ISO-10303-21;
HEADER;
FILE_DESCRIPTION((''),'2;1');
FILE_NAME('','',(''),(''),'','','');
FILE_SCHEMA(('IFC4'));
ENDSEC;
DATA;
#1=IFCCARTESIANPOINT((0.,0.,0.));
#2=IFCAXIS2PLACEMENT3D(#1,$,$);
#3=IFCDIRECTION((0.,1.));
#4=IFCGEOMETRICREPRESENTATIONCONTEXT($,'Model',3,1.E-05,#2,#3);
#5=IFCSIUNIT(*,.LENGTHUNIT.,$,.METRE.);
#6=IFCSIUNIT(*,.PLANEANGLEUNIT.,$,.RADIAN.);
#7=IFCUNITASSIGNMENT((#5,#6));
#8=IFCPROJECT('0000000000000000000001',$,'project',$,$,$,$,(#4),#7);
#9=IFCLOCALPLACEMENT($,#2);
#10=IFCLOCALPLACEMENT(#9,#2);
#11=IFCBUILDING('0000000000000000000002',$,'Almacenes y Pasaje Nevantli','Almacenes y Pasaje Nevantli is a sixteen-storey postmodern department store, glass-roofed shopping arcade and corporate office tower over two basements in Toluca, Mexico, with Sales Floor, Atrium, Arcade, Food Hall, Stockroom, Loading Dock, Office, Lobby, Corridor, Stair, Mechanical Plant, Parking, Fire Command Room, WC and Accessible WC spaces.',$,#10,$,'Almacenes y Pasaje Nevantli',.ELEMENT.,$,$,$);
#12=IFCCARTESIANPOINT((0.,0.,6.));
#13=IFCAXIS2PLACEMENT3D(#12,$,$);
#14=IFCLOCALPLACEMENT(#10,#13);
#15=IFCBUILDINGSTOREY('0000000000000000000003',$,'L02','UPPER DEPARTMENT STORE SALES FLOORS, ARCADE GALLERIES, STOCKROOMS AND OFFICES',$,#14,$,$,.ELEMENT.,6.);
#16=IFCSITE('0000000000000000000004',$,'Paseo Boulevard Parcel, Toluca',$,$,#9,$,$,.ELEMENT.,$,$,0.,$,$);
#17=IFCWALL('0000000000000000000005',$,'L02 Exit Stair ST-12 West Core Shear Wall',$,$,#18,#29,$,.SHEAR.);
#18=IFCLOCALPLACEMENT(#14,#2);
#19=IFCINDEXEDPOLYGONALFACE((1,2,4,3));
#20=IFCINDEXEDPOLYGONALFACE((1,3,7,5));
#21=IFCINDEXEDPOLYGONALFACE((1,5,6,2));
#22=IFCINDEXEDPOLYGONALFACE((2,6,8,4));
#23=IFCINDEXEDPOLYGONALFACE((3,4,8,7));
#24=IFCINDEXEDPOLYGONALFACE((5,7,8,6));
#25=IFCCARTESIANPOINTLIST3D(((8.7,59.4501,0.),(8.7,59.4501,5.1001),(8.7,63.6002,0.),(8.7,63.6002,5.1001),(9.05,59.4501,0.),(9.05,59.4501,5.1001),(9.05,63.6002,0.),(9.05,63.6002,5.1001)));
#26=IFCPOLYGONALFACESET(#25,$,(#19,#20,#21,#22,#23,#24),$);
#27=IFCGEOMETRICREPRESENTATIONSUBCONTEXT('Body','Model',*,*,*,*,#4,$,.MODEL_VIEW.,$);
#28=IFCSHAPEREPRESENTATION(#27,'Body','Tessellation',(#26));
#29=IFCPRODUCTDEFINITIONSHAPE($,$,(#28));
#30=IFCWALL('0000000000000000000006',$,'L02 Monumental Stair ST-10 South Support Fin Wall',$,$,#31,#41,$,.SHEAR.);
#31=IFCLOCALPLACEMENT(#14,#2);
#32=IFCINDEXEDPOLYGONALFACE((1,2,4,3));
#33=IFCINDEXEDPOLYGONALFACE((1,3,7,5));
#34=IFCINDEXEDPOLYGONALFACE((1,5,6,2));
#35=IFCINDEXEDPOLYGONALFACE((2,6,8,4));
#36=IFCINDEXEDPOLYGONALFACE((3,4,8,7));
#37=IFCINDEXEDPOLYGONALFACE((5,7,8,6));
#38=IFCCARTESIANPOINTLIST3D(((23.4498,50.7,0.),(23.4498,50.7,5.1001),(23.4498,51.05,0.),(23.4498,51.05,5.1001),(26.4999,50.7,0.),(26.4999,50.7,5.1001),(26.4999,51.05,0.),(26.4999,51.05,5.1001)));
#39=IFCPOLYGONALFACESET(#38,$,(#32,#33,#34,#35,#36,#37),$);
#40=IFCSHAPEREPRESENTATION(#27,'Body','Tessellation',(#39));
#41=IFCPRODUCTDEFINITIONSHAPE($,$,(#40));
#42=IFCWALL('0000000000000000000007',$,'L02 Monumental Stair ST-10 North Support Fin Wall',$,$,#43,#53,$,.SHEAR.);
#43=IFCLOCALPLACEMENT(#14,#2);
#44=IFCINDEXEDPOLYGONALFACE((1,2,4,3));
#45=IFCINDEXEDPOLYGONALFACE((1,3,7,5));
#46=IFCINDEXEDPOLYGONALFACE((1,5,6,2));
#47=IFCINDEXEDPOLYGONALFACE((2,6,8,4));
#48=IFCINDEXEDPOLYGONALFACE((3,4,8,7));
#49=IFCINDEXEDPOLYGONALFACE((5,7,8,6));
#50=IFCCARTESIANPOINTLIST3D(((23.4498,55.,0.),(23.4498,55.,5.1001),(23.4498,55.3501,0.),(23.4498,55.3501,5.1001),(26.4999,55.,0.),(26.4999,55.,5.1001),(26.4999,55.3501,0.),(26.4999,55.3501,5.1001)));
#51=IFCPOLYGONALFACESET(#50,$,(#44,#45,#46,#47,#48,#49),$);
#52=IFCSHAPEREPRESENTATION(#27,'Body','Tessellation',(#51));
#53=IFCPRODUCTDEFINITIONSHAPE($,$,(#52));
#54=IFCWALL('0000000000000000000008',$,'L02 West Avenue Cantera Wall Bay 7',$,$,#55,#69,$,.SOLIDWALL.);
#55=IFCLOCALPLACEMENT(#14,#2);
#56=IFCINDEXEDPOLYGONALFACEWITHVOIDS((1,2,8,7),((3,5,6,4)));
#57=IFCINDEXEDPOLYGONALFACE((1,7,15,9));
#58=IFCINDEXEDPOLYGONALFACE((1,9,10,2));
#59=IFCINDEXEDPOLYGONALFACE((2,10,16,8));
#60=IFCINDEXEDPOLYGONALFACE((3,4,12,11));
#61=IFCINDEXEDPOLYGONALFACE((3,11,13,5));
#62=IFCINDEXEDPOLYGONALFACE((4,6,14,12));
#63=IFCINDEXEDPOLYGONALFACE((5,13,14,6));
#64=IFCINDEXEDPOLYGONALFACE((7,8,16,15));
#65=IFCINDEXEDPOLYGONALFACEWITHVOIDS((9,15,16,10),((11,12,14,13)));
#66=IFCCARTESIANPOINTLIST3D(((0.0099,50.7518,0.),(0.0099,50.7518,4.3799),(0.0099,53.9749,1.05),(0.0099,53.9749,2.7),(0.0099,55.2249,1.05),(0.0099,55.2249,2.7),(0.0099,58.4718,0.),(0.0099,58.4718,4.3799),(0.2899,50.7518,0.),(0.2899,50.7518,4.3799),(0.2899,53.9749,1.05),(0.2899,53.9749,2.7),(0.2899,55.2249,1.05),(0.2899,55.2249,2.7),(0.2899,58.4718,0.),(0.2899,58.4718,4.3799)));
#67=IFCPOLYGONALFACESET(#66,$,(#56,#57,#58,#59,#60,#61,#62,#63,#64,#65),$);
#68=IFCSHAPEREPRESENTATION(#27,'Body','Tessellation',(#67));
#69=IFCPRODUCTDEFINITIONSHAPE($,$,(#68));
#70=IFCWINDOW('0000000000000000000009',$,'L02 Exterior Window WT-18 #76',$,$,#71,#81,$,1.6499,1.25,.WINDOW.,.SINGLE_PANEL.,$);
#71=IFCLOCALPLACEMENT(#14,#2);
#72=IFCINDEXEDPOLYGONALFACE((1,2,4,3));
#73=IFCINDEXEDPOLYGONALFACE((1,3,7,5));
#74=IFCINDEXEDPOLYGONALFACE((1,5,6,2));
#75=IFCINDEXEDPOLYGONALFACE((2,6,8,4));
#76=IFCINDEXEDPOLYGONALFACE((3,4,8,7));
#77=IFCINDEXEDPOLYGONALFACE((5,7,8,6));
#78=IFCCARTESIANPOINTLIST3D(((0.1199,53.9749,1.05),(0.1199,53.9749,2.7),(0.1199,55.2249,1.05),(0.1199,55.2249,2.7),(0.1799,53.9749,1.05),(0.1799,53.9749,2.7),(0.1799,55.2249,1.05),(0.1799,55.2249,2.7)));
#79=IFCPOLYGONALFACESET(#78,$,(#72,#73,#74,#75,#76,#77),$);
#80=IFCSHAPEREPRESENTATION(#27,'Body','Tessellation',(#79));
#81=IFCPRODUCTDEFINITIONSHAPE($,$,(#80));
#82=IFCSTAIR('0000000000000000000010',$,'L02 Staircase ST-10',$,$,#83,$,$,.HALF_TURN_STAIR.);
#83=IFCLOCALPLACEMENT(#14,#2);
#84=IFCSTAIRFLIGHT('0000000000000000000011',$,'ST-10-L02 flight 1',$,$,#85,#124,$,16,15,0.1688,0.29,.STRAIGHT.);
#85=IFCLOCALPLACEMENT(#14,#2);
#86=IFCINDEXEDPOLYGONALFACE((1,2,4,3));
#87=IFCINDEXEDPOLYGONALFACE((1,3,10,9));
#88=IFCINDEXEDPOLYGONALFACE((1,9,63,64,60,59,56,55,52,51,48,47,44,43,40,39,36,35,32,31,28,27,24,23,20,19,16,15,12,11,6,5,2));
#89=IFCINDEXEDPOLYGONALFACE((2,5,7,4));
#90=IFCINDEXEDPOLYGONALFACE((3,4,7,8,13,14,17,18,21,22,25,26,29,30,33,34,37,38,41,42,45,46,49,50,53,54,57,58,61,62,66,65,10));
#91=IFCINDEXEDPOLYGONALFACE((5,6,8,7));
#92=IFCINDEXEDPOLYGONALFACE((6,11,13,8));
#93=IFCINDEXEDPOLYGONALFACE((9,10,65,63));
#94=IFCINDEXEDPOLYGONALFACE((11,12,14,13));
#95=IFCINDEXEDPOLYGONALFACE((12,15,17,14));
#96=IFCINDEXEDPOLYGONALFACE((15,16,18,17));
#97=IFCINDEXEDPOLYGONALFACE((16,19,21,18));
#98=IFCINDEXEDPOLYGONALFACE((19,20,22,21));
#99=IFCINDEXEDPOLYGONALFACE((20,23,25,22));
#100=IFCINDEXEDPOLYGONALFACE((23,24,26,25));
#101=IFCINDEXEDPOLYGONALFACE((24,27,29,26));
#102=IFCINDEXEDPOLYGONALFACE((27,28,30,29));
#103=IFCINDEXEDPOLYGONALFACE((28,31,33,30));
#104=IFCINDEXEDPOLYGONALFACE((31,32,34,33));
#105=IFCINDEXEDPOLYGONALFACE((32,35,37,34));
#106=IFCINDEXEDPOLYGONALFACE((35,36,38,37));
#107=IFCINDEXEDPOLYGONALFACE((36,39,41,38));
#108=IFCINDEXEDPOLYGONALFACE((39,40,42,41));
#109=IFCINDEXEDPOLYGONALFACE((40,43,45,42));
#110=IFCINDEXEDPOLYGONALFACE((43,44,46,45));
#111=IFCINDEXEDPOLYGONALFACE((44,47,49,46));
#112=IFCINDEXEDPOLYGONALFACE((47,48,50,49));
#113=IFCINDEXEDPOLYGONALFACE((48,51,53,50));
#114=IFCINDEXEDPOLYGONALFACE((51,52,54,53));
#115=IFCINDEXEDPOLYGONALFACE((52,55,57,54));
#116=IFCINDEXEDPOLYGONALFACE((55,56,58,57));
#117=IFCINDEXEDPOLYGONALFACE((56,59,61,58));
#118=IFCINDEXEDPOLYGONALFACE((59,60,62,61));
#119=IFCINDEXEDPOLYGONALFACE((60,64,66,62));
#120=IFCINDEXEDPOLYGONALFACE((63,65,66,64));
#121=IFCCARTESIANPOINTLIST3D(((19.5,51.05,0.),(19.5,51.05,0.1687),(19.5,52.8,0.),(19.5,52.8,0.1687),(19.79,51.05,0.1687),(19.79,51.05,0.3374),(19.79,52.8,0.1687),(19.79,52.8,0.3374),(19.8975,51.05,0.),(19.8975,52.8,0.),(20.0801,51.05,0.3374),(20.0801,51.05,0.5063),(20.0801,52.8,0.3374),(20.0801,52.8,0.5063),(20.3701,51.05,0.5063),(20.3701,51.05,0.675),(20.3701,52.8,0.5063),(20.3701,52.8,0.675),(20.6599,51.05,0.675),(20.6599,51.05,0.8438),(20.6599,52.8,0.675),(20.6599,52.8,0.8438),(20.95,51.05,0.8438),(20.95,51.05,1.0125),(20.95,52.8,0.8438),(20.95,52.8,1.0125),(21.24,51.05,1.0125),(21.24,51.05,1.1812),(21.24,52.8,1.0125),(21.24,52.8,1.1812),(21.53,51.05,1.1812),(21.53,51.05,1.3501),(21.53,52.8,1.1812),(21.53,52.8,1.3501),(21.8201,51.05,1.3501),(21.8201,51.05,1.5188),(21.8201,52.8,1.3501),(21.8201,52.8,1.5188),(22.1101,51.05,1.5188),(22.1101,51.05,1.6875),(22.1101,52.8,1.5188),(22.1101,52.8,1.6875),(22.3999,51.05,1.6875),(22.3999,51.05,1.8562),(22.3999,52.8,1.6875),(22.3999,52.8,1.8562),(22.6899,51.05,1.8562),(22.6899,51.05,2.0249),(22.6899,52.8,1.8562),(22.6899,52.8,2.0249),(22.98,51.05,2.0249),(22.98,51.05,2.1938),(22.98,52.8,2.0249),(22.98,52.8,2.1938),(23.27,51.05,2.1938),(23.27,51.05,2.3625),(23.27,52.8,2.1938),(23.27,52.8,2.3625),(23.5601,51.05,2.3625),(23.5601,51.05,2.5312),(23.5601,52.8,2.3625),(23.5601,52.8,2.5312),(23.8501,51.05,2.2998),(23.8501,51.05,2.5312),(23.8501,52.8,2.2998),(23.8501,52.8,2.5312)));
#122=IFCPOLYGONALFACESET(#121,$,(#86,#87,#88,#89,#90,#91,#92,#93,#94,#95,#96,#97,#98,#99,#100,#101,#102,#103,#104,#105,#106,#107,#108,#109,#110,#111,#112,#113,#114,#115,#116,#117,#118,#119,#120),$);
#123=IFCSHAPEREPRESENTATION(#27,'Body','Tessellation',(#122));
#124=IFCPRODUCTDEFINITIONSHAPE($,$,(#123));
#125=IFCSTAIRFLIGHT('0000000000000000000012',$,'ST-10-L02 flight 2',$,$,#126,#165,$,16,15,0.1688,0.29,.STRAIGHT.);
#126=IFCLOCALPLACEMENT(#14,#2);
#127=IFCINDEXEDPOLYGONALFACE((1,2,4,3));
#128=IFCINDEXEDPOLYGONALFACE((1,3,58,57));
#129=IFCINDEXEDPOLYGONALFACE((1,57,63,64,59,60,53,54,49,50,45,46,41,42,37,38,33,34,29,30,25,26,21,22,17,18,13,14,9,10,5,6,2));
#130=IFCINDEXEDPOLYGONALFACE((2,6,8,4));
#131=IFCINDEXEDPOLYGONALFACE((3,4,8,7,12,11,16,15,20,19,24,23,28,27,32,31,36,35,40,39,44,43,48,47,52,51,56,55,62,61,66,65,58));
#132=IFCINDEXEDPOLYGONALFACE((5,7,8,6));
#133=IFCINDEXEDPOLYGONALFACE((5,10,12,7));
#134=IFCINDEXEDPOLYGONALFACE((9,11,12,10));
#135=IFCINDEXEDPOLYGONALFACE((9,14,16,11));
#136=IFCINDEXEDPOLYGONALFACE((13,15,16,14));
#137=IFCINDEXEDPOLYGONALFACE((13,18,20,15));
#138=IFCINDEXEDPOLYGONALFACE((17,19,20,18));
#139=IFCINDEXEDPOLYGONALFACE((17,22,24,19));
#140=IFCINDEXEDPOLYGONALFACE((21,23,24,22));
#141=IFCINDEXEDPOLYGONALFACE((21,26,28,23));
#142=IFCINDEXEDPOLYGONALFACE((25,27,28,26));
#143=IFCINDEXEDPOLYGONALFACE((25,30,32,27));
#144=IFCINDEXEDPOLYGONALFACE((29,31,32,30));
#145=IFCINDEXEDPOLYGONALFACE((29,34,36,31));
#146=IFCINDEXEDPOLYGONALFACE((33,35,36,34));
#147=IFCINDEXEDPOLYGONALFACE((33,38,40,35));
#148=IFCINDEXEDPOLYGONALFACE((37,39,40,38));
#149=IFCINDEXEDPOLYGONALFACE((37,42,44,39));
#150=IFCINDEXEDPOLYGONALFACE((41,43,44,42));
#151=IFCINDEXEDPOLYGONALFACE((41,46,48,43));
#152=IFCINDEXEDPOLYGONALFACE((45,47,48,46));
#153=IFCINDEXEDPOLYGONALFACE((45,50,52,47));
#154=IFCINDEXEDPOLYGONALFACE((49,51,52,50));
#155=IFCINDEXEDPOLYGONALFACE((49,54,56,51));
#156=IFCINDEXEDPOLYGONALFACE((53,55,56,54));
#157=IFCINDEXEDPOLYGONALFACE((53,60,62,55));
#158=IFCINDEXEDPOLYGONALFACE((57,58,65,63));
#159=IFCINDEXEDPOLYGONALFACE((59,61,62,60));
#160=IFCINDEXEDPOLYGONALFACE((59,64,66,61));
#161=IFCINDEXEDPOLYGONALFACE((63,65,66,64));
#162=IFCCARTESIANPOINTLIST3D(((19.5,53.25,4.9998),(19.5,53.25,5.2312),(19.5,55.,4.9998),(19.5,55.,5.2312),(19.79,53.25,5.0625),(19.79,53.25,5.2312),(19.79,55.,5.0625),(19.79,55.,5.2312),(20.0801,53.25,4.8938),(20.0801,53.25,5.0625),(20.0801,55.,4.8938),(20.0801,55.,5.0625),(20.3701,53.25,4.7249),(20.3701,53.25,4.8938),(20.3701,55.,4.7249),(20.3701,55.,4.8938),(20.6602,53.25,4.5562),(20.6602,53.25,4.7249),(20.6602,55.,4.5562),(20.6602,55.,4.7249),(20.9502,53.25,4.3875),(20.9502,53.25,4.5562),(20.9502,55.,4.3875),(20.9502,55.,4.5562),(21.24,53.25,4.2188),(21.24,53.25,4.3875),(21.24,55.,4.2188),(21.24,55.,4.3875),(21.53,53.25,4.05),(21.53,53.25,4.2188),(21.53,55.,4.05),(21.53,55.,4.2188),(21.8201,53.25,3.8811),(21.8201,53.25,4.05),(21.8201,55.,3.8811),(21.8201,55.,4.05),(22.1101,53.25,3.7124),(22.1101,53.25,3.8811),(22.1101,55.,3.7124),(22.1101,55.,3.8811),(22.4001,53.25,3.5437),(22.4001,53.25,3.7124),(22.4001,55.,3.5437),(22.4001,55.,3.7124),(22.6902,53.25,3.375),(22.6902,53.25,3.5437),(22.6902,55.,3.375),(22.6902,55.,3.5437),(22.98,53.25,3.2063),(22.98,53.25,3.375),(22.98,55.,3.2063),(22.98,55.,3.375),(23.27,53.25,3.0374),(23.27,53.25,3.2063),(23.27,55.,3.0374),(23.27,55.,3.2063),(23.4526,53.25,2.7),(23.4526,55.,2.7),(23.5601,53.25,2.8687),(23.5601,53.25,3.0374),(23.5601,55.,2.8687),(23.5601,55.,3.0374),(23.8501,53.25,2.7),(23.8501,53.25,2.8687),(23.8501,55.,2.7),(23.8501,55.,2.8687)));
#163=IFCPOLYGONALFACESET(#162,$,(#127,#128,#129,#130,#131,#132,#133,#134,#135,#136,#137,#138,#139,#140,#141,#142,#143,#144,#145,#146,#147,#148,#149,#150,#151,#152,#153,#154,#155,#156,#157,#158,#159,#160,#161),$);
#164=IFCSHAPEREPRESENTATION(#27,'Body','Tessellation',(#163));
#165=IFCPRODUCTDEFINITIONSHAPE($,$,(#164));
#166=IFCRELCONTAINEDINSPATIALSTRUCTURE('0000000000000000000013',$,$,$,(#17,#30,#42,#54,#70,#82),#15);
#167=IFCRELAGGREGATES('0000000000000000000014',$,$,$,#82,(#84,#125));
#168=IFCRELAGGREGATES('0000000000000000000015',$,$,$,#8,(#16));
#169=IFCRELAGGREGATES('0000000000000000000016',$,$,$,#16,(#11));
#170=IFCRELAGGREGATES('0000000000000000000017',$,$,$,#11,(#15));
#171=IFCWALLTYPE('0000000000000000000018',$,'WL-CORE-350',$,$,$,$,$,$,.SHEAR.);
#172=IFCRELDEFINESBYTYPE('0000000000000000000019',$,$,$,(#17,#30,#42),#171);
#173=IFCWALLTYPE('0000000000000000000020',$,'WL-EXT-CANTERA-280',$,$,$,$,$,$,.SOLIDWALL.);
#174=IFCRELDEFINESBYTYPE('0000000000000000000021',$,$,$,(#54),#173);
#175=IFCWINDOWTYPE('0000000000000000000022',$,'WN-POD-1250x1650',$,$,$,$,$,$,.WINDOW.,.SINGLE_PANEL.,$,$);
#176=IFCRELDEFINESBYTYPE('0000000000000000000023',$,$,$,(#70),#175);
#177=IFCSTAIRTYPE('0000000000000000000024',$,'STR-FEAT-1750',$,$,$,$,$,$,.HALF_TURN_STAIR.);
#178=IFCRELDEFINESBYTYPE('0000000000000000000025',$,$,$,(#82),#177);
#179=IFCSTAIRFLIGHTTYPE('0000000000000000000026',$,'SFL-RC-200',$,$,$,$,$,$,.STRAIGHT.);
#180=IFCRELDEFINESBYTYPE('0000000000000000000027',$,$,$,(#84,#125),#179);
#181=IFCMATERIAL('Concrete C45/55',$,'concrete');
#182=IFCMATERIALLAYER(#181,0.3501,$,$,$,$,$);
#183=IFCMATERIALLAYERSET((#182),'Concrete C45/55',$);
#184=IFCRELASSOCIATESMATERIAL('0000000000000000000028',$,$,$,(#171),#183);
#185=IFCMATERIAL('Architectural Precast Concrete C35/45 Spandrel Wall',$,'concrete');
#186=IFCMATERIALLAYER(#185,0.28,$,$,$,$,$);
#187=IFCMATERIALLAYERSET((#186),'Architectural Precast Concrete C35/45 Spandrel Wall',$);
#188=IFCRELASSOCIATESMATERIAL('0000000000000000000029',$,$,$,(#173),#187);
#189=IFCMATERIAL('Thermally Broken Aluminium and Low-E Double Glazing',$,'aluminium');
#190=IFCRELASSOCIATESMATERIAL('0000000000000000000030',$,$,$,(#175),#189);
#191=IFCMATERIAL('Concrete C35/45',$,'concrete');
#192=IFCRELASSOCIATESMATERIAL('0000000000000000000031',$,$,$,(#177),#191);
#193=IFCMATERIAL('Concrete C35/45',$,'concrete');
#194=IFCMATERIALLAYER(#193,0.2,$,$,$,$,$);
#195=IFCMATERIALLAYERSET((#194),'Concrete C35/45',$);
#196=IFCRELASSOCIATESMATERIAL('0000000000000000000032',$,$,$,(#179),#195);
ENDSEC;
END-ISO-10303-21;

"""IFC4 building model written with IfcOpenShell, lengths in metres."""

from ifc_helpers import new_model, si_unit, direction, frame, frame_2d, origin, place, context, subcontext, project, spatial, polyline, rectangle, outline, extrude, material, layer, layer_set, type_object, element, fill, aggregate, save


model = new_model("IFC4")

# Units and contexts
model_context = context("Model", 3, precision=1e-05, world=origin(), true_north=direction((0.0, 1.0)))
body_context = subcontext(model_context, "Body", "Model", "MODEL_VIEW")
ifc_project = project(units=[si_unit("LENGTHUNIT", "METRE"), si_unit("PLANEANGLEUNIT", "RADIAN")], contexts=[model_context])

# Site, building, storey
site_placement = place(None, origin())
site = spatial("IfcSite", under=ifc_project, at=site_placement, Name="Paseo Boulevard Parcel, Toluca", CompositionType="ELEMENT", RefElevation=0.0)
building_placement = place(site_placement, origin())
building = spatial("IfcBuilding", under=site, at=building_placement, Name="Almacenes y Pasaje Nevantli", Description="Almacenes y Pasaje Nevantli is a sixteen-storey postmodern department store, glass-roofed shopping arcade and corporate office tower over two basements in Toluca, Mexico, with Sales Floor, Atrium, Arcade, Food Hall, Stockroom, Loading Dock, Office, Lobby, Corridor, Stair, Mechanical Plant, Parking, Fire Command Room, WC and Accessible WC spaces.", LongName="Almacenes y Pasaje Nevantli", CompositionType="ELEMENT")
storey_placement = place(building_placement, frame((0.0, 0.0, 6.0)))
storey = spatial("IfcBuildingStorey", under=building, at=storey_placement, Name="L02", Description="UPPER DEPARTMENT STORE SALES FLOORS, ARCADE GALLERIES, STOCKROOMS AND OFFICES", CompositionType="ELEMENT", Elevation=6.0)

# Shared definitions
ifc_material_1 = material(Name="Concrete C45/55", Category="concrete")
ifc_layer_1 = layer(ifc_material_1, 0.3501)
ifc_layer_set_1 = layer_set([ifc_layer_1], Name="Concrete C45/55")
wall_type_1 = type_object("IfcWallType", Name="WL-CORE-350", PredefinedType="SHEAR", material=ifc_layer_set_1)

# Walls
wall_1_placement = place(storey_placement, frame((8.875, 59.45, 0.0), z_axis=(0.0, 0.0, 1.0), x_axis=(0.0, 1.0, 0.0)))
element("IfcWall", 1, at=wall_1_placement, inside=storey, type_object=wall_type_1, Name="L02 Exit Stair ST-12 West Core Shear Wall", PredefinedType="SHEAR", context=body_context, shape_type="SweptSolid", body=[
    extrude(rectangle(XDim=4.1501, YDim=0.3501, at=frame_2d((2.0752, 0.0))), origin(), (0.0, 0.0, 1.0), 5.1001),
])
for number, where, z_axis, x_axis, name in (
    (2, (23.45, 50.875, 0.0), (0.0, 0.0, 1.0), (1.0, 0.0, 0.0), "L02 Monumental Stair ST-10 South Support Fin Wall"),
    (3, (23.45, 55.175, 0.0), (0.0, 0.0, 1.0), (1.0, 0.0, 0.0), "L02 Monumental Stair ST-10 North Support Fin Wall"),
):
    element("IfcWall", number, at=place(storey_placement, frame(where, z_axis=z_axis, x_axis=x_axis)), inside=storey, type_object=wall_type_1, Name=name, PredefinedType="SHEAR", context=body_context, shape_type="SweptSolid", body=[
        extrude(rectangle(XDim=3.05, YDim=0.3501, at=frame_2d((1.5249, 0.0))), origin(), (0.0, 0.0, 1.0), 5.1001),
    ])

# Wall, opening, window
ifc_material_2 = material(Name="Architectural Precast Concrete C35/45 Spandrel Wall", Category="concrete")
ifc_layer_2 = layer(ifc_material_2, 0.28)
ifc_layer_set_2 = layer_set([ifc_layer_2], Name="Architectural Precast Concrete C35/45 Spandrel Wall")
wall_type_2 = type_object("IfcWallType", Name="WL-EXT-CANTERA-280", PredefinedType="SOLIDWALL", material=ifc_layer_set_2)
wall_2_placement = place(storey_placement, frame((0.1499, 50.752, 0.0), z_axis=(0.0, 0.0, 1.0), x_axis=(0.0, 1.0, 0.0)))
wall_2 = element("IfcWall", 4, at=wall_2_placement, inside=storey, type_object=wall_type_2, Name="L02 West Avenue Cantera Wall Bay 7", PredefinedType="SOLIDWALL", context=body_context, shape_type="SweptSolid", body=[
    extrude(rectangle(XDim=7.72, YDim=0.28, at=frame_2d((3.8599, 0.0))), origin(), (0.0, 0.0, 1.0), 4.3799),
])
opening_1_placement = place(wall_2_placement, frame((3.2229, 0.0, 1.05)))
opening_1 = element("IfcOpeningElement", 5, at=opening_1_placement, cuts=wall_2, PredefinedType="OPENING", context=body_context, shape_type="SweptSolid", body=[
    extrude(rectangle(XDim=1.25, YDim=1.6499, at=frame_2d((0.625, 0.825))), frame((0.0, 0.1499, 0.0), z_axis=(0.0, -1.0, 0.0), x_axis=(1.0, 0.0, 0.0)), (0.0, 0.0, 1.0), 0.3),
])
ifc_material_3 = material(Name="Thermally Broken Aluminium and Low-E Double Glazing", Category="aluminium")
window_type = type_object("IfcWindowType", Name="WN-POD-1250x1650", PartitioningType="SINGLE_PANEL", PredefinedType="WINDOW", material=ifc_material_3)
window_placement = place(opening_1_placement, origin())
window = element("IfcWindow", 6, at=window_placement, inside=storey, type_object=window_type, Name="L02 Exterior Window WT-18 #76", OverallHeight=1.6499, OverallWidth=1.25, PartitioningType="SINGLE_PANEL", PredefinedType="WINDOW", context=body_context, shape_type="SweptSolid", body=[
    extrude(rectangle(XDim=1.25, YDim=1.6499, at=frame_2d((0.625, 0.825))), frame((0.0, 0.03, 0.0), z_axis=(0.0, -1.0, 0.0), x_axis=(1.0, 0.0, 0.0)), (0.0, 0.0, 1.0), 0.0601),
])
fill(opening_1, window)

# Stair, stair flights
ifc_material_4 = material(Name="Concrete C35/45", Category="concrete")
stair_type = type_object("IfcStairType", Name="STR-FEAT-1750", PredefinedType="HALF_TURN_STAIR", material=ifc_material_4)
stair_placement = place(storey_placement, origin())
stair = element("IfcStair", 7, at=stair_placement, inside=storey, type_object=stair_type, Name="L02 Staircase ST-10", PredefinedType="HALF_TURN_STAIR")
ifc_material_5 = material(Name="Concrete C35/45", Category="concrete")
ifc_layer_3 = layer(ifc_material_5, 0.2)
ifc_layer_set_3 = layer_set([ifc_layer_3], Name="Concrete C35/45")
stair_flight_type = type_object("IfcStairFlightType", Name="SFL-RC-200", PredefinedType="STRAIGHT", material=ifc_layer_set_3)
stair_flight_1_placement = place(storey_placement, frame((19.5, 51.925, 0.0), z_axis=(0.0, 0.0, 1.0), x_axis=(1.0, 0.0, 0.0)))
stair_flight_1 = element("IfcStairFlight", 8, at=stair_flight_1_placement, type_object=stair_flight_type, Name="ST-10-L02 flight 1", NumberOfRisers=16, NumberOfTreads=15, PredefinedType="STRAIGHT", RiserHeight=0.1688, TreadLength=0.29, context=body_context, shape_type="SweptSolid", body=[
    extrude(outline(polyline([(0.0, 0.0), (0.0, 0.1687), (0.29, 0.1687), (0.29, 0.3374), (0.5801, 0.3374), (0.5801, 0.5063), (0.8701, 0.5063), (0.8701, 0.675), (1.1599, 0.675), (1.1599, 0.8438), (1.45, 0.8438), (1.45, 1.0125), (1.74, 1.0125), (1.74, 1.1812), (2.03, 1.1812), (2.03, 1.3501), (2.3201, 1.3501), (2.3201, 1.5188), (2.6101, 1.5188), (2.6101, 1.6875), (2.8999, 1.6875), (2.8999, 1.8562), (3.1899, 1.8562), (3.1899, 2.0249), (3.48, 2.0249), (3.48, 2.1938), (3.77, 2.1938), (3.77, 2.3625), (4.0601, 2.3625), (4.0601, 2.5312), (4.3501, 2.5312), (4.3501, 2.7), (4.3501, 2.2998), (0.3975, 0.0), (0.0, 0.0)])), frame((0.0, 0.875, 0.0), z_axis=(0.0, -1.0, 0.0), x_axis=(1.0, 0.0, 0.0)), (0.0, 0.0, 1.0), 1.75),
])
stair_flight_2_placement = place(storey_placement, frame((23.8501, 54.125, 2.7), z_axis=(0.0, 0.0, 1.0), x_axis=(-1.0, 0.0, 0.0)))
stair_flight_2 = element("IfcStairFlight", 9, at=stair_flight_2_placement, type_object=stair_flight_type, Name="ST-10-L02 flight 2", NumberOfRisers=16, NumberOfTreads=15, PredefinedType="STRAIGHT", RiserHeight=0.1688, TreadLength=0.29, context=body_context, shape_type="SweptSolid", body=[
    extrude(outline(polyline([(0.0, 0.0), (0.0, 0.1687), (0.29, 0.1687), (0.29, 0.3374), (0.5801, 0.3374), (0.5801, 0.5063), (0.8701, 0.5063), (0.8701, 0.675), (1.1599, 0.675), (1.1599, 0.8438), (1.45, 0.8438), (1.45, 1.0125), (1.74, 1.0125), (1.74, 1.1812), (2.03, 1.1812), (2.03, 1.3501), (2.3201, 1.3501), (2.3201, 1.5188), (2.6101, 1.5188), (2.6101, 1.6875), (2.8999, 1.6875), (2.8999, 1.8562), (3.1899, 1.8562), (3.1899, 2.0249), (3.48, 2.0249), (3.48, 2.1938), (3.77, 2.1938), (3.77, 2.3625), (4.0601, 2.3625), (4.0601, 2.5312), (4.3501, 2.5312), (4.3501, 2.7), (4.3501, 2.2998), (0.3975, 0.0), (0.0, 0.0)])), frame((0.0, 0.875, 0.0), z_axis=(0.0, -1.0, 0.0), x_axis=(1.0, 0.0, 0.0)), (0.0, 0.0, 1.0), 1.75),
])
aggregate(stair, [stair_flight_1, stair_flight_2])

save(model, "model.ifc")
